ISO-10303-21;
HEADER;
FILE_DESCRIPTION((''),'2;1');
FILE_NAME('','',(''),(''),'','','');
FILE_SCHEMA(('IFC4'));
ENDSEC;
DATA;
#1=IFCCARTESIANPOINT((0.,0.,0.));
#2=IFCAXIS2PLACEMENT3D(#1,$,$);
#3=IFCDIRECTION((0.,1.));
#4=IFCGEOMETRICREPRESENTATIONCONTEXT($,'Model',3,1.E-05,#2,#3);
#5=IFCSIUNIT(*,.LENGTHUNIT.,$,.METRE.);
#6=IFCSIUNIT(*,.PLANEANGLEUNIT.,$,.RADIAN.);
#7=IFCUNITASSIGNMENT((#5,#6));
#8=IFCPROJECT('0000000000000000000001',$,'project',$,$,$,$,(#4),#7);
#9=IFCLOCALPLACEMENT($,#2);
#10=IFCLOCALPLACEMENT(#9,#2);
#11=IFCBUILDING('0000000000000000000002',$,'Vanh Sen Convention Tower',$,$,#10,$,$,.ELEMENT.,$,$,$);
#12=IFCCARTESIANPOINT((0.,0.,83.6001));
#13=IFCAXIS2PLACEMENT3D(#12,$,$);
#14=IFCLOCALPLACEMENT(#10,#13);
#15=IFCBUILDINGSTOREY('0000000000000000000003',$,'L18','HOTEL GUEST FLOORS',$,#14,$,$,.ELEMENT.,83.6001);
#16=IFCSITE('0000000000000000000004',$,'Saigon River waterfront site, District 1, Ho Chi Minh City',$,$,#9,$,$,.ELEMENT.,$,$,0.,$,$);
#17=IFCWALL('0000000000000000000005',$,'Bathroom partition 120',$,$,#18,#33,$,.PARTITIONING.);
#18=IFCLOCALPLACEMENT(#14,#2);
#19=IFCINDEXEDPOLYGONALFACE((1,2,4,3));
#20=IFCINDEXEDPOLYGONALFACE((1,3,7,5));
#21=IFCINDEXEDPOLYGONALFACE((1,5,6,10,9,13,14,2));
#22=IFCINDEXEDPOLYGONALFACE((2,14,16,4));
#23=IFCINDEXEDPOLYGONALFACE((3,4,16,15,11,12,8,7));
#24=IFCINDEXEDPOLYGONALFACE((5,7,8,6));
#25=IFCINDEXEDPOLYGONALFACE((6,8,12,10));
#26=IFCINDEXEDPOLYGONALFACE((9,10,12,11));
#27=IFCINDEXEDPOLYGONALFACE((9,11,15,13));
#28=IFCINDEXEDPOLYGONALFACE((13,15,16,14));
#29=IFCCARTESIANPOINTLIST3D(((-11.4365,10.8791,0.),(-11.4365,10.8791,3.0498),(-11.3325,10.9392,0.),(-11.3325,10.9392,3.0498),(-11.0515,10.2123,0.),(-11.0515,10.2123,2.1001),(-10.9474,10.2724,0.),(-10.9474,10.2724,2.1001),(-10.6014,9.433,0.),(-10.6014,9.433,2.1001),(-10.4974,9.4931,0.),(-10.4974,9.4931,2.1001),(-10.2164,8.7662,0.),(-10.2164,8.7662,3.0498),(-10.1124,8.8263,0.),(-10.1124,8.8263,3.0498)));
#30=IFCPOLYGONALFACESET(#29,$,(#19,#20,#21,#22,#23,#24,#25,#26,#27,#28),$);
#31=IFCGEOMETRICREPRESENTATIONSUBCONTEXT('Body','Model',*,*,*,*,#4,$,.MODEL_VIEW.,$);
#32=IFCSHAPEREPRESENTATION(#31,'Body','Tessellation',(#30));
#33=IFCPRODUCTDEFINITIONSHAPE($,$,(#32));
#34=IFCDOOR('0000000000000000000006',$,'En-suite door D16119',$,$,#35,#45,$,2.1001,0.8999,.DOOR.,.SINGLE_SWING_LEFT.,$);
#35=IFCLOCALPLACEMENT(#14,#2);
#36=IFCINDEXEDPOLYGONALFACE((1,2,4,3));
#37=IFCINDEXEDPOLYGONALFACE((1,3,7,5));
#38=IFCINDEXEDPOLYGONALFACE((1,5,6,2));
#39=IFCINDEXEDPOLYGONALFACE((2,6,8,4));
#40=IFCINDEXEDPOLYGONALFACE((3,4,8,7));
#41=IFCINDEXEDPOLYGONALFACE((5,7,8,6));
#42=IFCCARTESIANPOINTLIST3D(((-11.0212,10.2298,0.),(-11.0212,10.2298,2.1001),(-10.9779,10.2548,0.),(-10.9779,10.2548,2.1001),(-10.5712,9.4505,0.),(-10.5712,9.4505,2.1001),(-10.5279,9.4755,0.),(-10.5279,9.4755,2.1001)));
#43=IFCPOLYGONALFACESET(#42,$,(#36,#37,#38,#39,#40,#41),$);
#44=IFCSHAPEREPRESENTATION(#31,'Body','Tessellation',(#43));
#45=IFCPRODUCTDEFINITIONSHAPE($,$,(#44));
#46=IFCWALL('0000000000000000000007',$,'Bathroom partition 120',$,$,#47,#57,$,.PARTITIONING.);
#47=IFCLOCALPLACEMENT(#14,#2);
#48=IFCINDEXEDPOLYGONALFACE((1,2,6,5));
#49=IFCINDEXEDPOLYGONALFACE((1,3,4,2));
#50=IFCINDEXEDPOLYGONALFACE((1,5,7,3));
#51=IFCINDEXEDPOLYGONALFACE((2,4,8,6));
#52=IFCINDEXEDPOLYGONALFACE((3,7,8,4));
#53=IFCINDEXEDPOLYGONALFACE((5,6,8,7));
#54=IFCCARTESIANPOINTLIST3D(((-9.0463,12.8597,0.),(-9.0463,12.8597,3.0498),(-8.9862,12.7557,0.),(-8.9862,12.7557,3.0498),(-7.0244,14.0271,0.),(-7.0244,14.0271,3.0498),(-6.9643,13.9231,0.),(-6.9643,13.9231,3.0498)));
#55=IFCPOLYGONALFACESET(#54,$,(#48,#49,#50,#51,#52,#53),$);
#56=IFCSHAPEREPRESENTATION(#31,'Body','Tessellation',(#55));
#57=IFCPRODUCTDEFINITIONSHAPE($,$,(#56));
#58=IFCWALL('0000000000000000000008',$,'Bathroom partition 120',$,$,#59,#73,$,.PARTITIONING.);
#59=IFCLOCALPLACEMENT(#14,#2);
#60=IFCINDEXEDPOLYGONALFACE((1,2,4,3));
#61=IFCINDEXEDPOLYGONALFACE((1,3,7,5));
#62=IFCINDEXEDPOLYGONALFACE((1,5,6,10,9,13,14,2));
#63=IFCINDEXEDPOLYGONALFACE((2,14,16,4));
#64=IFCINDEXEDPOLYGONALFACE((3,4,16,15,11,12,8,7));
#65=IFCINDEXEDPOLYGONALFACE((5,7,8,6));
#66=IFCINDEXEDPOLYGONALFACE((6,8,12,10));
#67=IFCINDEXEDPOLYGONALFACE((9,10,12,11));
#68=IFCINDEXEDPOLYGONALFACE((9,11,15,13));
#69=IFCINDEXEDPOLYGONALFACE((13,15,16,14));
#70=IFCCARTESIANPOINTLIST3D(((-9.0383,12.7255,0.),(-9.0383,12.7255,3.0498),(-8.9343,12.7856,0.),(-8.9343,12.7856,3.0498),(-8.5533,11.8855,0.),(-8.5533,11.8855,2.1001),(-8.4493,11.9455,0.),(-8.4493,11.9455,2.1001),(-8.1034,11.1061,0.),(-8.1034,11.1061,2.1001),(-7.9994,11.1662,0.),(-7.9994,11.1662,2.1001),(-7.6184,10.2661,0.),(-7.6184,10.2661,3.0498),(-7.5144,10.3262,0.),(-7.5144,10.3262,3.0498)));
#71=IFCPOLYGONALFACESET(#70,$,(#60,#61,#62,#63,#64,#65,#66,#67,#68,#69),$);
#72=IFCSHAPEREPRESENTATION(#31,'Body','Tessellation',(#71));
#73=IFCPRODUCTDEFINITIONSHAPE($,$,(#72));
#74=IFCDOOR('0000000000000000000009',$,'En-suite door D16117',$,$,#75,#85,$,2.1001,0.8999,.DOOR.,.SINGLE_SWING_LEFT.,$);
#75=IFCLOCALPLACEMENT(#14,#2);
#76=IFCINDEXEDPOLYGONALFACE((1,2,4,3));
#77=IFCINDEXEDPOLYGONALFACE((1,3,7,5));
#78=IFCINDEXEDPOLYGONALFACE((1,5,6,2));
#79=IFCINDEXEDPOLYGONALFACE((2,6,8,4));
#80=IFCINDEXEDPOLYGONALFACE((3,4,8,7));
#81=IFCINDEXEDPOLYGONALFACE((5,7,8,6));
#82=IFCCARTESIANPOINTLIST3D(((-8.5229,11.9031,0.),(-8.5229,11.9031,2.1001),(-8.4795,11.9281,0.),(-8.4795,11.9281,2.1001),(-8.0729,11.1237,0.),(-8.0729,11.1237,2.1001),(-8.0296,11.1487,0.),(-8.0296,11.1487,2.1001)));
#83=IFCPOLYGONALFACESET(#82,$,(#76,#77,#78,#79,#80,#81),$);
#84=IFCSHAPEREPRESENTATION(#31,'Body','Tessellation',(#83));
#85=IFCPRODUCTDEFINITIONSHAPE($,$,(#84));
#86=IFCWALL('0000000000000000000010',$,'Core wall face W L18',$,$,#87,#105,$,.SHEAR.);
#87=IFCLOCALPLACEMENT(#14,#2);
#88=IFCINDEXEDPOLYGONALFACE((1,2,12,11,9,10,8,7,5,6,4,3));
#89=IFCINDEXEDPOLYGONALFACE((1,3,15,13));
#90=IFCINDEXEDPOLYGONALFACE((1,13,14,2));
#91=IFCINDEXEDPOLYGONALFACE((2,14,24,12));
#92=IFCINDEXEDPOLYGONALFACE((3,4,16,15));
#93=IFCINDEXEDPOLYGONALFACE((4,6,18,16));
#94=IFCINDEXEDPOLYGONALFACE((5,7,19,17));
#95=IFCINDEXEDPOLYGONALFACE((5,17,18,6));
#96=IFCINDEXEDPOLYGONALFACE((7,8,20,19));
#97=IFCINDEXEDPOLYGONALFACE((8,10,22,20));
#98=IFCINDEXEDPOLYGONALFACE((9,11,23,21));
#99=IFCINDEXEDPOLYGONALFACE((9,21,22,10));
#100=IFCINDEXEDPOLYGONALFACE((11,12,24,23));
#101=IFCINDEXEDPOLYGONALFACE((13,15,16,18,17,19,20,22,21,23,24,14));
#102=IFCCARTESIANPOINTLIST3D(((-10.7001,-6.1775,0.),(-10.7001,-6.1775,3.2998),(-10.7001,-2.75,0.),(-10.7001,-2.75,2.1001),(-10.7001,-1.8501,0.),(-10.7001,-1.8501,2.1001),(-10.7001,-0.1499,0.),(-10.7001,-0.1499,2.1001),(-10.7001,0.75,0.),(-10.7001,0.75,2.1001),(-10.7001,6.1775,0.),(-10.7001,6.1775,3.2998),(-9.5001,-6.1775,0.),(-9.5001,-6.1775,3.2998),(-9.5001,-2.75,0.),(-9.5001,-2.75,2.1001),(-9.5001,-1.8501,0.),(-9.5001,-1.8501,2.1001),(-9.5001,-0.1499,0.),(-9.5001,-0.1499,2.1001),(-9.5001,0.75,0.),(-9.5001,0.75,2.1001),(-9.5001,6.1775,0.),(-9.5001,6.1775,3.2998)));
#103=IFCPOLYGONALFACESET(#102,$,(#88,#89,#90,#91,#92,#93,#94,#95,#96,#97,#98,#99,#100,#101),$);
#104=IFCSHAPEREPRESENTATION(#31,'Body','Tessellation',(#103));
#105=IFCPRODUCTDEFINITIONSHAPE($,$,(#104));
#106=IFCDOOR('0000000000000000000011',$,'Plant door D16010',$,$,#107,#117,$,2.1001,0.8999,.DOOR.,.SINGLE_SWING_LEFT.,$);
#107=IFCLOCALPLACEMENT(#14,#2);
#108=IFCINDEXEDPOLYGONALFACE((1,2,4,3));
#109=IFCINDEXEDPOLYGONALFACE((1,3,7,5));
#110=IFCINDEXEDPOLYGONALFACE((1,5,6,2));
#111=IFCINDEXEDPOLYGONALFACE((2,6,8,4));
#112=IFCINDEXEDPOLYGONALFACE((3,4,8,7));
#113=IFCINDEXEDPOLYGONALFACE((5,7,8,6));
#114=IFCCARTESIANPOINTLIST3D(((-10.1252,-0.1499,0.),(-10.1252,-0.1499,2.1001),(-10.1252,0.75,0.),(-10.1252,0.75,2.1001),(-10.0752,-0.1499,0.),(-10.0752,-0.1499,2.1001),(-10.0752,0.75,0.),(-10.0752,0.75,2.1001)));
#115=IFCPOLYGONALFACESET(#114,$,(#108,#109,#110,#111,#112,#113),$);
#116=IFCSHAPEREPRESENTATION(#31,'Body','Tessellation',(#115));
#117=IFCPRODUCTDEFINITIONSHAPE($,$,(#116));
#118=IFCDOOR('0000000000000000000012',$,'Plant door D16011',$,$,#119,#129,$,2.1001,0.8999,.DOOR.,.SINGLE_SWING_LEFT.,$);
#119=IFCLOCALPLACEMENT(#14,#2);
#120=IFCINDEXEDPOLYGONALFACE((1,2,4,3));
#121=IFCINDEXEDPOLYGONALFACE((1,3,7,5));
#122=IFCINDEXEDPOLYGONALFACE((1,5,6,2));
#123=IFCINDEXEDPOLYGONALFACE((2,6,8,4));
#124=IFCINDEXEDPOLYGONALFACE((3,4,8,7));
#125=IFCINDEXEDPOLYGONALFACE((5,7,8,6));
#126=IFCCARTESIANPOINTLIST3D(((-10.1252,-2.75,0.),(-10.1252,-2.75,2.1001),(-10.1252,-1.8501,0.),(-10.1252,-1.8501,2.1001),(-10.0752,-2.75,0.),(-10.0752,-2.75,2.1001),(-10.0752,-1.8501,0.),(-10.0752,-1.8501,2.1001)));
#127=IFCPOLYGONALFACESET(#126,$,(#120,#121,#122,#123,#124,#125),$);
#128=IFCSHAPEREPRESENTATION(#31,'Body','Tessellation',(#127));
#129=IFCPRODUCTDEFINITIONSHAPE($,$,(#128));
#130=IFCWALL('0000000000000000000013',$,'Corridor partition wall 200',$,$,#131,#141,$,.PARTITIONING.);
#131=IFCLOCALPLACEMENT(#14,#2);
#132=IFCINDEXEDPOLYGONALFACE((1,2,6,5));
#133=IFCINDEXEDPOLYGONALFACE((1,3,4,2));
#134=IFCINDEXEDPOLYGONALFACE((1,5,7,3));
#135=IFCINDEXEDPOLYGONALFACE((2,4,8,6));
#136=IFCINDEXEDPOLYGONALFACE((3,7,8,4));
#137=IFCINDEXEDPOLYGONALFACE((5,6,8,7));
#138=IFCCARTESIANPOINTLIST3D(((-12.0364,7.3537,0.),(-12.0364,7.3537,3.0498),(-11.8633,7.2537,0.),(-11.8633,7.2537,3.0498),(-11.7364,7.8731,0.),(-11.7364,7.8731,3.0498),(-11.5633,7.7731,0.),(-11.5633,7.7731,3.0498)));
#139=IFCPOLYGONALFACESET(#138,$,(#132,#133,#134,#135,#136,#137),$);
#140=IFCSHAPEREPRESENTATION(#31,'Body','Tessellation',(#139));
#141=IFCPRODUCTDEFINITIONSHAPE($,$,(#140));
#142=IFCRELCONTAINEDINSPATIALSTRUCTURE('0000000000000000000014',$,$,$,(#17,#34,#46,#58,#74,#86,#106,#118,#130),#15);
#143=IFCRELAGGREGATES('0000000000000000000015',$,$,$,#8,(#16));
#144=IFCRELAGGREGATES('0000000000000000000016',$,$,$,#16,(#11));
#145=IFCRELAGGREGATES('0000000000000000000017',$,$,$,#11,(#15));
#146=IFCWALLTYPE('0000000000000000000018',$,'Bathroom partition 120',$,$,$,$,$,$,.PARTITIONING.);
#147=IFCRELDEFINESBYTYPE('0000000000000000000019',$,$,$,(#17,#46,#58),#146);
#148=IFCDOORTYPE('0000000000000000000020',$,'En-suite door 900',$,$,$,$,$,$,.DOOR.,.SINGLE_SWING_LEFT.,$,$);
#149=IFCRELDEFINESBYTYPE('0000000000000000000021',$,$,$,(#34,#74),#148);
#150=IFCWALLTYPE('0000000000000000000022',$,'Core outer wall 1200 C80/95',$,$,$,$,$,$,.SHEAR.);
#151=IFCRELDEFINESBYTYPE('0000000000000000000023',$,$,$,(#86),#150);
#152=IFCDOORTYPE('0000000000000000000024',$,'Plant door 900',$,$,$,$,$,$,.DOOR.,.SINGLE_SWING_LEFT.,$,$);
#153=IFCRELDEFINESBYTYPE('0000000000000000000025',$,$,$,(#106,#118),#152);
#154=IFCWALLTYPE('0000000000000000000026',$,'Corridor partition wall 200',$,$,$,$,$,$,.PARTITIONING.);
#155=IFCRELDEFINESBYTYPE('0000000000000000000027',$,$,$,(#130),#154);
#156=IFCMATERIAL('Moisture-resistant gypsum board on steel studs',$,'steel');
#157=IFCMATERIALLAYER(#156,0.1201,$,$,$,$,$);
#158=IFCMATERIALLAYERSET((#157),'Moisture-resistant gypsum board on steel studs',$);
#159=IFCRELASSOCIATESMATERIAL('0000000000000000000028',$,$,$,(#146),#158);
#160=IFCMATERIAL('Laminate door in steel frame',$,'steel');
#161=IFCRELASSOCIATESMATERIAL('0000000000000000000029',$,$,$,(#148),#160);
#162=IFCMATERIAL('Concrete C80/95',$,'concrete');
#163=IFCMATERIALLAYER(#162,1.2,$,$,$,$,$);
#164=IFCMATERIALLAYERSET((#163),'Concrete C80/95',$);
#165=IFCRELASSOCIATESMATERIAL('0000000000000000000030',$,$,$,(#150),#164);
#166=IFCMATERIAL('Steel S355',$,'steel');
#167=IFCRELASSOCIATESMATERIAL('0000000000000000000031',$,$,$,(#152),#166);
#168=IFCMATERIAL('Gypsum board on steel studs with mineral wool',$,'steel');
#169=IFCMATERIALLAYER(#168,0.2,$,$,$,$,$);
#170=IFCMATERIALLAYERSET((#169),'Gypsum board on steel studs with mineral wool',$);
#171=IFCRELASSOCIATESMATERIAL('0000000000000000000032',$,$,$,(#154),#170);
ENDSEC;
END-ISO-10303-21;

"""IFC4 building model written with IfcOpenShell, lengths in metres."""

from ifc_helpers import new_model, si_unit, direction, frame, frame_2d, origin, place, context, subcontext, project, spatial, rectangle, extrude, material, layer, layer_set, type_object, element, fill, save


model = new_model("IFC4")

# Units and contexts
model_context = context("Model", 3, precision=1e-05, world=origin(), true_north=direction((0.0, 1.0)))
body_context = subcontext(model_context, "Body", "Model", "MODEL_VIEW")
ifc_project = project(units=[si_unit("LENGTHUNIT", "METRE"), si_unit("PLANEANGLEUNIT", "RADIAN")], contexts=[model_context])

# Site, building, storey
site_placement = place(None, origin())
site = spatial("IfcSite", under=ifc_project, at=site_placement, Name="Saigon River waterfront site, District 1, Ho Chi Minh City", CompositionType="ELEMENT", RefElevation=0.0)
building_placement = place(site_placement, origin())
building = spatial("IfcBuilding", under=site, at=building_placement, Name="Vanh Sen Convention Tower", CompositionType="ELEMENT")
storey_placement = place(building_placement, frame((0.0, 0.0, 83.6001)))
storey = spatial("IfcBuildingStorey", under=building, at=storey_placement, Name="L18", Description="HOTEL GUEST FLOORS", CompositionType="ELEMENT", Elevation=83.6001)

# Wall, opening, door
ifc_material_1 = material(Name="Moisture-resistant gypsum board on steel studs", Category="steel")
ifc_layer_1 = layer(ifc_material_1, 0.1201)
ifc_layer_set_1 = layer_set([ifc_layer_1], Name="Moisture-resistant gypsum board on steel studs")
wall_type_1 = type_object("IfcWallType", Name="Bathroom partition 120", PredefinedType="PARTITIONING", material=ifc_layer_set_1)
wall_1_placement = place(storey_placement, frame((-11.3845, 10.9092, 0.0), z_axis=(0.0, 0.0, 1.0), x_axis=(0.500078, -0.865981, 0.0)))
wall_1 = element("IfcWall", 1, at=wall_1_placement, inside=storey, type_object=wall_type_1, Name="Bathroom partition 120", PredefinedType="PARTITIONING", context=body_context, shape_type="SweptSolid", body=[
    extrude(rectangle(XDim=2.4399, YDim=0.1201, at=frame_2d((1.22, 0.0))), origin(), (0.0, 0.0, 1.0), 3.0498),
])
opening_1_placement = place(wall_1_placement, frame((0.77, 0.0, 0.0)))
opening_1 = element("IfcOpeningElement", 2, at=opening_1_placement, cuts=wall_1, PredefinedType="OPENING", context=body_context, shape_type="SweptSolid", body=[
    extrude(rectangle(XDim=0.8999, YDim=2.1001, at=frame_2d((0.45, 1.05))), frame((0.0, 0.0701, 0.0), z_axis=(0.0, -1.0, 0.0), x_axis=(1.0, 0.0, 0.0)), (0.0, 0.0, 1.0), 0.1401),
])
ifc_material_2 = material(Name="Laminate door in steel frame", Category="steel")
door_type_1 = type_object("IfcDoorType", Name="En-suite door 900", OperationType="SINGLE_SWING_LEFT", PredefinedType="DOOR", material=ifc_material_2)
door_1_placement = place(opening_1_placement, origin())
door_1 = element("IfcDoor", 3, at=door_1_placement, inside=storey, type_object=door_type_1, Name="En-suite door D16119", OperationType="SINGLE_SWING_LEFT", OverallHeight=2.1001, OverallWidth=0.8999, PredefinedType="DOOR", context=body_context, shape_type="SweptSolid", body=[
    extrude(rectangle(XDim=0.8999, YDim=2.1001, at=frame_2d((0.45, 1.05))), frame((0.0, 0.0249, 0.0), z_axis=(0.0, -1.0, 0.0), x_axis=(1.0, 0.0, 0.0)), (0.0, 0.0, 1.0), 0.05),
])
fill(opening_1, door_1)

# Wall
wall_2_placement = place(storey_placement, frame((-9.0164, 12.8076, 0.0), z_axis=(0.0, 0.0, 1.0), x_axis=(0.866008, 0.50003, 0.0)))
element("IfcWall", 4, at=wall_2_placement, inside=storey, type_object=wall_type_1, Name="Bathroom partition 120", PredefinedType="PARTITIONING", context=body_context, shape_type="SweptSolid", body=[
    extrude(rectangle(XDim=2.3347, YDim=0.1201, at=frame_2d((1.1675, 0.0))), origin(), (0.0, 0.0, 1.0), 3.0498),
])

# Wall, opening, door
wall_3_placement = place(storey_placement, frame((-7.5664, 10.2961, 0.0), z_axis=(0.0, 0.0, 1.0), x_axis=(-0.499985, 0.866034, 0.0)))
wall_3 = element("IfcWall", 5, at=wall_3_placement, inside=storey, type_object=wall_type_1, Name="Bathroom partition 120", PredefinedType="PARTITIONING", context=body_context, shape_type="SweptSolid", body=[
    extrude(rectangle(XDim=2.8398, YDim=0.1201, at=frame_2d((1.4199, 0.0))), origin(), (0.0, 0.0, 1.0), 3.0498),
])
opening_2_placement = place(wall_3_placement, frame((0.97, 0.0, 0.0)))
opening_2 = element("IfcOpeningElement", 6, at=opening_2_placement, cuts=wall_3, PredefinedType="OPENING", context=body_context, shape_type="SweptSolid", body=[
    extrude(rectangle(XDim=0.8999, YDim=2.1001, at=frame_2d((0.45, 1.05))), frame((0.0, 0.0701, 0.0), z_axis=(0.0, -1.0, 0.0), x_axis=(1.0, 0.0, 0.0)), (0.0, 0.0, 1.0), 0.1401),
])
door_2_placement = place(opening_2_placement, origin())
door_2 = element("IfcDoor", 7, at=door_2_placement, inside=storey, type_object=door_type_1, Name="En-suite door D16117", OperationType="SINGLE_SWING_LEFT", OverallHeight=2.1001, OverallWidth=0.8999, PredefinedType="DOOR", context=body_context, shape_type="SweptSolid", body=[
    extrude(rectangle(XDim=0.8999, YDim=2.1001, at=frame_2d((0.45, 1.05))), frame((0.0, 0.0249, 0.0), z_axis=(0.0, -1.0, 0.0), x_axis=(1.0, 0.0, 0.0)), (0.0, 0.0, 1.0), 0.05),
])
fill(opening_2, door_2)

# Wall, openings, doors
ifc_material_3 = material(Name="Concrete C80/95", Category="concrete")
ifc_layer_2 = layer(ifc_material_3, 1.2)
ifc_layer_set_2 = layer_set([ifc_layer_2], Name="Concrete C80/95")
wall_type_2 = type_object("IfcWallType", Name="Core outer wall 1200 C80/95", PredefinedType="SHEAR", material=ifc_layer_set_2)
wall_4_placement = place(storey_placement, frame((-10.1001, 6.1775, 0.0), z_axis=(0.0, 0.0, 1.0), x_axis=(0.0, -1.0, 0.0)))
wall_4 = element("IfcWall", 8, at=wall_4_placement, inside=storey, type_object=wall_type_2, Name="Core wall face W L18", PredefinedType="SHEAR", context=body_context, shape_type="SweptSolid", body=[
    extrude(rectangle(XDim=12.355, YDim=1.2, at=frame_2d((6.1775, 0.0))), origin(), (0.0, 0.0, 1.0), 3.2998),
])
opening_3_placement = place(wall_4_placement, frame((5.4275, 0.0, 0.0)))
opening_3 = element("IfcOpeningElement", 9, at=opening_3_placement, cuts=wall_4, PredefinedType="OPENING", context=body_context, shape_type="SweptSolid", body=[
    extrude(rectangle(XDim=0.8999, YDim=2.1001, at=frame_2d((0.45, 1.05))), frame((0.0, 0.6099, 0.0), z_axis=(0.0, -1.0, 0.0), x_axis=(1.0, 0.0, 0.0)), (0.0, 0.0, 1.0), 1.22),
])
opening_4_placement = place(wall_4_placement, frame((8.0276, 0.0, 0.0)))
opening_4 = element("IfcOpeningElement", 10, at=opening_4_placement, cuts=wall_4, PredefinedType="OPENING", context=body_context, shape_type="SweptSolid", body=[
    extrude(rectangle(XDim=0.8999, YDim=2.1001, at=frame_2d((0.45, 1.05))), frame((0.0, 0.6099, 0.0), z_axis=(0.0, -1.0, 0.0), x_axis=(1.0, 0.0, 0.0)), (0.0, 0.0, 1.0), 1.22),
])
ifc_material_4 = material(Name="Steel S355", Category="steel")
door_type_2 = type_object("IfcDoorType", Name="Plant door 900", OperationType="SINGLE_SWING_LEFT", PredefinedType="DOOR", material=ifc_material_4)
door_3_placement = place(opening_3_placement, origin())
door_3 = element("IfcDoor", 11, at=door_3_placement, inside=storey, type_object=door_type_2, Name="Plant door D16010", OperationType="SINGLE_SWING_LEFT", OverallHeight=2.1001, OverallWidth=0.8999, PredefinedType="DOOR", context=body_context, shape_type="SweptSolid", body=[
    extrude(rectangle(XDim=0.8999, YDim=2.1001, at=frame_2d((0.45, 1.05))), frame((0.0, 0.0249, 0.0), z_axis=(0.0, -1.0, 0.0), x_axis=(1.0, 0.0, 0.0)), (0.0, 0.0, 1.0), 0.05),
])
fill(opening_3, door_3)
door_4_placement = place(opening_4_placement, origin())
door_4 = element("IfcDoor", 12, at=door_4_placement, inside=storey, type_object=door_type_2, Name="Plant door D16011", OperationType="SINGLE_SWING_LEFT", OverallHeight=2.1001, OverallWidth=0.8999, PredefinedType="DOOR", context=body_context, shape_type="SweptSolid", body=[
    extrude(rectangle(XDim=0.8999, YDim=2.1001, at=frame_2d((0.45, 1.05))), frame((0.0, 0.0249, 0.0), z_axis=(0.0, -1.0, 0.0), x_axis=(1.0, 0.0, 0.0)), (0.0, 0.0, 1.0), 0.05),
])
fill(opening_4, door_4)

# Wall
ifc_material_5 = material(Name="Gypsum board on steel studs with mineral wool", Category="steel")
ifc_layer_3 = layer(ifc_material_5, 0.2)
ifc_layer_set_3 = layer_set([ifc_layer_3], Name="Gypsum board on steel studs with mineral wool")
wall_type_3 = type_object("IfcWallType", Name="Corridor partition wall 200", PredefinedType="PARTITIONING", material=ifc_layer_set_3)
wall_5_placement = place(storey_placement, frame((-11.6499, 7.823, 0.0), z_axis=(0.0, 0.0, 1.0), x_axis=(-0.500122, -0.865955, 0.0)))
element("IfcWall", 13, at=wall_5_placement, inside=storey, type_object=wall_type_3, Name="Corridor partition wall 200", PredefinedType="PARTITIONING", context=body_context, shape_type="SweptSolid", body=[
    extrude(rectangle(XDim=0.5999, YDim=0.2, at=frame_2d((0.2998, 0.0))), origin(), (0.0, 0.0, 1.0), 3.0498),
])

save(model, "model.ifc")
